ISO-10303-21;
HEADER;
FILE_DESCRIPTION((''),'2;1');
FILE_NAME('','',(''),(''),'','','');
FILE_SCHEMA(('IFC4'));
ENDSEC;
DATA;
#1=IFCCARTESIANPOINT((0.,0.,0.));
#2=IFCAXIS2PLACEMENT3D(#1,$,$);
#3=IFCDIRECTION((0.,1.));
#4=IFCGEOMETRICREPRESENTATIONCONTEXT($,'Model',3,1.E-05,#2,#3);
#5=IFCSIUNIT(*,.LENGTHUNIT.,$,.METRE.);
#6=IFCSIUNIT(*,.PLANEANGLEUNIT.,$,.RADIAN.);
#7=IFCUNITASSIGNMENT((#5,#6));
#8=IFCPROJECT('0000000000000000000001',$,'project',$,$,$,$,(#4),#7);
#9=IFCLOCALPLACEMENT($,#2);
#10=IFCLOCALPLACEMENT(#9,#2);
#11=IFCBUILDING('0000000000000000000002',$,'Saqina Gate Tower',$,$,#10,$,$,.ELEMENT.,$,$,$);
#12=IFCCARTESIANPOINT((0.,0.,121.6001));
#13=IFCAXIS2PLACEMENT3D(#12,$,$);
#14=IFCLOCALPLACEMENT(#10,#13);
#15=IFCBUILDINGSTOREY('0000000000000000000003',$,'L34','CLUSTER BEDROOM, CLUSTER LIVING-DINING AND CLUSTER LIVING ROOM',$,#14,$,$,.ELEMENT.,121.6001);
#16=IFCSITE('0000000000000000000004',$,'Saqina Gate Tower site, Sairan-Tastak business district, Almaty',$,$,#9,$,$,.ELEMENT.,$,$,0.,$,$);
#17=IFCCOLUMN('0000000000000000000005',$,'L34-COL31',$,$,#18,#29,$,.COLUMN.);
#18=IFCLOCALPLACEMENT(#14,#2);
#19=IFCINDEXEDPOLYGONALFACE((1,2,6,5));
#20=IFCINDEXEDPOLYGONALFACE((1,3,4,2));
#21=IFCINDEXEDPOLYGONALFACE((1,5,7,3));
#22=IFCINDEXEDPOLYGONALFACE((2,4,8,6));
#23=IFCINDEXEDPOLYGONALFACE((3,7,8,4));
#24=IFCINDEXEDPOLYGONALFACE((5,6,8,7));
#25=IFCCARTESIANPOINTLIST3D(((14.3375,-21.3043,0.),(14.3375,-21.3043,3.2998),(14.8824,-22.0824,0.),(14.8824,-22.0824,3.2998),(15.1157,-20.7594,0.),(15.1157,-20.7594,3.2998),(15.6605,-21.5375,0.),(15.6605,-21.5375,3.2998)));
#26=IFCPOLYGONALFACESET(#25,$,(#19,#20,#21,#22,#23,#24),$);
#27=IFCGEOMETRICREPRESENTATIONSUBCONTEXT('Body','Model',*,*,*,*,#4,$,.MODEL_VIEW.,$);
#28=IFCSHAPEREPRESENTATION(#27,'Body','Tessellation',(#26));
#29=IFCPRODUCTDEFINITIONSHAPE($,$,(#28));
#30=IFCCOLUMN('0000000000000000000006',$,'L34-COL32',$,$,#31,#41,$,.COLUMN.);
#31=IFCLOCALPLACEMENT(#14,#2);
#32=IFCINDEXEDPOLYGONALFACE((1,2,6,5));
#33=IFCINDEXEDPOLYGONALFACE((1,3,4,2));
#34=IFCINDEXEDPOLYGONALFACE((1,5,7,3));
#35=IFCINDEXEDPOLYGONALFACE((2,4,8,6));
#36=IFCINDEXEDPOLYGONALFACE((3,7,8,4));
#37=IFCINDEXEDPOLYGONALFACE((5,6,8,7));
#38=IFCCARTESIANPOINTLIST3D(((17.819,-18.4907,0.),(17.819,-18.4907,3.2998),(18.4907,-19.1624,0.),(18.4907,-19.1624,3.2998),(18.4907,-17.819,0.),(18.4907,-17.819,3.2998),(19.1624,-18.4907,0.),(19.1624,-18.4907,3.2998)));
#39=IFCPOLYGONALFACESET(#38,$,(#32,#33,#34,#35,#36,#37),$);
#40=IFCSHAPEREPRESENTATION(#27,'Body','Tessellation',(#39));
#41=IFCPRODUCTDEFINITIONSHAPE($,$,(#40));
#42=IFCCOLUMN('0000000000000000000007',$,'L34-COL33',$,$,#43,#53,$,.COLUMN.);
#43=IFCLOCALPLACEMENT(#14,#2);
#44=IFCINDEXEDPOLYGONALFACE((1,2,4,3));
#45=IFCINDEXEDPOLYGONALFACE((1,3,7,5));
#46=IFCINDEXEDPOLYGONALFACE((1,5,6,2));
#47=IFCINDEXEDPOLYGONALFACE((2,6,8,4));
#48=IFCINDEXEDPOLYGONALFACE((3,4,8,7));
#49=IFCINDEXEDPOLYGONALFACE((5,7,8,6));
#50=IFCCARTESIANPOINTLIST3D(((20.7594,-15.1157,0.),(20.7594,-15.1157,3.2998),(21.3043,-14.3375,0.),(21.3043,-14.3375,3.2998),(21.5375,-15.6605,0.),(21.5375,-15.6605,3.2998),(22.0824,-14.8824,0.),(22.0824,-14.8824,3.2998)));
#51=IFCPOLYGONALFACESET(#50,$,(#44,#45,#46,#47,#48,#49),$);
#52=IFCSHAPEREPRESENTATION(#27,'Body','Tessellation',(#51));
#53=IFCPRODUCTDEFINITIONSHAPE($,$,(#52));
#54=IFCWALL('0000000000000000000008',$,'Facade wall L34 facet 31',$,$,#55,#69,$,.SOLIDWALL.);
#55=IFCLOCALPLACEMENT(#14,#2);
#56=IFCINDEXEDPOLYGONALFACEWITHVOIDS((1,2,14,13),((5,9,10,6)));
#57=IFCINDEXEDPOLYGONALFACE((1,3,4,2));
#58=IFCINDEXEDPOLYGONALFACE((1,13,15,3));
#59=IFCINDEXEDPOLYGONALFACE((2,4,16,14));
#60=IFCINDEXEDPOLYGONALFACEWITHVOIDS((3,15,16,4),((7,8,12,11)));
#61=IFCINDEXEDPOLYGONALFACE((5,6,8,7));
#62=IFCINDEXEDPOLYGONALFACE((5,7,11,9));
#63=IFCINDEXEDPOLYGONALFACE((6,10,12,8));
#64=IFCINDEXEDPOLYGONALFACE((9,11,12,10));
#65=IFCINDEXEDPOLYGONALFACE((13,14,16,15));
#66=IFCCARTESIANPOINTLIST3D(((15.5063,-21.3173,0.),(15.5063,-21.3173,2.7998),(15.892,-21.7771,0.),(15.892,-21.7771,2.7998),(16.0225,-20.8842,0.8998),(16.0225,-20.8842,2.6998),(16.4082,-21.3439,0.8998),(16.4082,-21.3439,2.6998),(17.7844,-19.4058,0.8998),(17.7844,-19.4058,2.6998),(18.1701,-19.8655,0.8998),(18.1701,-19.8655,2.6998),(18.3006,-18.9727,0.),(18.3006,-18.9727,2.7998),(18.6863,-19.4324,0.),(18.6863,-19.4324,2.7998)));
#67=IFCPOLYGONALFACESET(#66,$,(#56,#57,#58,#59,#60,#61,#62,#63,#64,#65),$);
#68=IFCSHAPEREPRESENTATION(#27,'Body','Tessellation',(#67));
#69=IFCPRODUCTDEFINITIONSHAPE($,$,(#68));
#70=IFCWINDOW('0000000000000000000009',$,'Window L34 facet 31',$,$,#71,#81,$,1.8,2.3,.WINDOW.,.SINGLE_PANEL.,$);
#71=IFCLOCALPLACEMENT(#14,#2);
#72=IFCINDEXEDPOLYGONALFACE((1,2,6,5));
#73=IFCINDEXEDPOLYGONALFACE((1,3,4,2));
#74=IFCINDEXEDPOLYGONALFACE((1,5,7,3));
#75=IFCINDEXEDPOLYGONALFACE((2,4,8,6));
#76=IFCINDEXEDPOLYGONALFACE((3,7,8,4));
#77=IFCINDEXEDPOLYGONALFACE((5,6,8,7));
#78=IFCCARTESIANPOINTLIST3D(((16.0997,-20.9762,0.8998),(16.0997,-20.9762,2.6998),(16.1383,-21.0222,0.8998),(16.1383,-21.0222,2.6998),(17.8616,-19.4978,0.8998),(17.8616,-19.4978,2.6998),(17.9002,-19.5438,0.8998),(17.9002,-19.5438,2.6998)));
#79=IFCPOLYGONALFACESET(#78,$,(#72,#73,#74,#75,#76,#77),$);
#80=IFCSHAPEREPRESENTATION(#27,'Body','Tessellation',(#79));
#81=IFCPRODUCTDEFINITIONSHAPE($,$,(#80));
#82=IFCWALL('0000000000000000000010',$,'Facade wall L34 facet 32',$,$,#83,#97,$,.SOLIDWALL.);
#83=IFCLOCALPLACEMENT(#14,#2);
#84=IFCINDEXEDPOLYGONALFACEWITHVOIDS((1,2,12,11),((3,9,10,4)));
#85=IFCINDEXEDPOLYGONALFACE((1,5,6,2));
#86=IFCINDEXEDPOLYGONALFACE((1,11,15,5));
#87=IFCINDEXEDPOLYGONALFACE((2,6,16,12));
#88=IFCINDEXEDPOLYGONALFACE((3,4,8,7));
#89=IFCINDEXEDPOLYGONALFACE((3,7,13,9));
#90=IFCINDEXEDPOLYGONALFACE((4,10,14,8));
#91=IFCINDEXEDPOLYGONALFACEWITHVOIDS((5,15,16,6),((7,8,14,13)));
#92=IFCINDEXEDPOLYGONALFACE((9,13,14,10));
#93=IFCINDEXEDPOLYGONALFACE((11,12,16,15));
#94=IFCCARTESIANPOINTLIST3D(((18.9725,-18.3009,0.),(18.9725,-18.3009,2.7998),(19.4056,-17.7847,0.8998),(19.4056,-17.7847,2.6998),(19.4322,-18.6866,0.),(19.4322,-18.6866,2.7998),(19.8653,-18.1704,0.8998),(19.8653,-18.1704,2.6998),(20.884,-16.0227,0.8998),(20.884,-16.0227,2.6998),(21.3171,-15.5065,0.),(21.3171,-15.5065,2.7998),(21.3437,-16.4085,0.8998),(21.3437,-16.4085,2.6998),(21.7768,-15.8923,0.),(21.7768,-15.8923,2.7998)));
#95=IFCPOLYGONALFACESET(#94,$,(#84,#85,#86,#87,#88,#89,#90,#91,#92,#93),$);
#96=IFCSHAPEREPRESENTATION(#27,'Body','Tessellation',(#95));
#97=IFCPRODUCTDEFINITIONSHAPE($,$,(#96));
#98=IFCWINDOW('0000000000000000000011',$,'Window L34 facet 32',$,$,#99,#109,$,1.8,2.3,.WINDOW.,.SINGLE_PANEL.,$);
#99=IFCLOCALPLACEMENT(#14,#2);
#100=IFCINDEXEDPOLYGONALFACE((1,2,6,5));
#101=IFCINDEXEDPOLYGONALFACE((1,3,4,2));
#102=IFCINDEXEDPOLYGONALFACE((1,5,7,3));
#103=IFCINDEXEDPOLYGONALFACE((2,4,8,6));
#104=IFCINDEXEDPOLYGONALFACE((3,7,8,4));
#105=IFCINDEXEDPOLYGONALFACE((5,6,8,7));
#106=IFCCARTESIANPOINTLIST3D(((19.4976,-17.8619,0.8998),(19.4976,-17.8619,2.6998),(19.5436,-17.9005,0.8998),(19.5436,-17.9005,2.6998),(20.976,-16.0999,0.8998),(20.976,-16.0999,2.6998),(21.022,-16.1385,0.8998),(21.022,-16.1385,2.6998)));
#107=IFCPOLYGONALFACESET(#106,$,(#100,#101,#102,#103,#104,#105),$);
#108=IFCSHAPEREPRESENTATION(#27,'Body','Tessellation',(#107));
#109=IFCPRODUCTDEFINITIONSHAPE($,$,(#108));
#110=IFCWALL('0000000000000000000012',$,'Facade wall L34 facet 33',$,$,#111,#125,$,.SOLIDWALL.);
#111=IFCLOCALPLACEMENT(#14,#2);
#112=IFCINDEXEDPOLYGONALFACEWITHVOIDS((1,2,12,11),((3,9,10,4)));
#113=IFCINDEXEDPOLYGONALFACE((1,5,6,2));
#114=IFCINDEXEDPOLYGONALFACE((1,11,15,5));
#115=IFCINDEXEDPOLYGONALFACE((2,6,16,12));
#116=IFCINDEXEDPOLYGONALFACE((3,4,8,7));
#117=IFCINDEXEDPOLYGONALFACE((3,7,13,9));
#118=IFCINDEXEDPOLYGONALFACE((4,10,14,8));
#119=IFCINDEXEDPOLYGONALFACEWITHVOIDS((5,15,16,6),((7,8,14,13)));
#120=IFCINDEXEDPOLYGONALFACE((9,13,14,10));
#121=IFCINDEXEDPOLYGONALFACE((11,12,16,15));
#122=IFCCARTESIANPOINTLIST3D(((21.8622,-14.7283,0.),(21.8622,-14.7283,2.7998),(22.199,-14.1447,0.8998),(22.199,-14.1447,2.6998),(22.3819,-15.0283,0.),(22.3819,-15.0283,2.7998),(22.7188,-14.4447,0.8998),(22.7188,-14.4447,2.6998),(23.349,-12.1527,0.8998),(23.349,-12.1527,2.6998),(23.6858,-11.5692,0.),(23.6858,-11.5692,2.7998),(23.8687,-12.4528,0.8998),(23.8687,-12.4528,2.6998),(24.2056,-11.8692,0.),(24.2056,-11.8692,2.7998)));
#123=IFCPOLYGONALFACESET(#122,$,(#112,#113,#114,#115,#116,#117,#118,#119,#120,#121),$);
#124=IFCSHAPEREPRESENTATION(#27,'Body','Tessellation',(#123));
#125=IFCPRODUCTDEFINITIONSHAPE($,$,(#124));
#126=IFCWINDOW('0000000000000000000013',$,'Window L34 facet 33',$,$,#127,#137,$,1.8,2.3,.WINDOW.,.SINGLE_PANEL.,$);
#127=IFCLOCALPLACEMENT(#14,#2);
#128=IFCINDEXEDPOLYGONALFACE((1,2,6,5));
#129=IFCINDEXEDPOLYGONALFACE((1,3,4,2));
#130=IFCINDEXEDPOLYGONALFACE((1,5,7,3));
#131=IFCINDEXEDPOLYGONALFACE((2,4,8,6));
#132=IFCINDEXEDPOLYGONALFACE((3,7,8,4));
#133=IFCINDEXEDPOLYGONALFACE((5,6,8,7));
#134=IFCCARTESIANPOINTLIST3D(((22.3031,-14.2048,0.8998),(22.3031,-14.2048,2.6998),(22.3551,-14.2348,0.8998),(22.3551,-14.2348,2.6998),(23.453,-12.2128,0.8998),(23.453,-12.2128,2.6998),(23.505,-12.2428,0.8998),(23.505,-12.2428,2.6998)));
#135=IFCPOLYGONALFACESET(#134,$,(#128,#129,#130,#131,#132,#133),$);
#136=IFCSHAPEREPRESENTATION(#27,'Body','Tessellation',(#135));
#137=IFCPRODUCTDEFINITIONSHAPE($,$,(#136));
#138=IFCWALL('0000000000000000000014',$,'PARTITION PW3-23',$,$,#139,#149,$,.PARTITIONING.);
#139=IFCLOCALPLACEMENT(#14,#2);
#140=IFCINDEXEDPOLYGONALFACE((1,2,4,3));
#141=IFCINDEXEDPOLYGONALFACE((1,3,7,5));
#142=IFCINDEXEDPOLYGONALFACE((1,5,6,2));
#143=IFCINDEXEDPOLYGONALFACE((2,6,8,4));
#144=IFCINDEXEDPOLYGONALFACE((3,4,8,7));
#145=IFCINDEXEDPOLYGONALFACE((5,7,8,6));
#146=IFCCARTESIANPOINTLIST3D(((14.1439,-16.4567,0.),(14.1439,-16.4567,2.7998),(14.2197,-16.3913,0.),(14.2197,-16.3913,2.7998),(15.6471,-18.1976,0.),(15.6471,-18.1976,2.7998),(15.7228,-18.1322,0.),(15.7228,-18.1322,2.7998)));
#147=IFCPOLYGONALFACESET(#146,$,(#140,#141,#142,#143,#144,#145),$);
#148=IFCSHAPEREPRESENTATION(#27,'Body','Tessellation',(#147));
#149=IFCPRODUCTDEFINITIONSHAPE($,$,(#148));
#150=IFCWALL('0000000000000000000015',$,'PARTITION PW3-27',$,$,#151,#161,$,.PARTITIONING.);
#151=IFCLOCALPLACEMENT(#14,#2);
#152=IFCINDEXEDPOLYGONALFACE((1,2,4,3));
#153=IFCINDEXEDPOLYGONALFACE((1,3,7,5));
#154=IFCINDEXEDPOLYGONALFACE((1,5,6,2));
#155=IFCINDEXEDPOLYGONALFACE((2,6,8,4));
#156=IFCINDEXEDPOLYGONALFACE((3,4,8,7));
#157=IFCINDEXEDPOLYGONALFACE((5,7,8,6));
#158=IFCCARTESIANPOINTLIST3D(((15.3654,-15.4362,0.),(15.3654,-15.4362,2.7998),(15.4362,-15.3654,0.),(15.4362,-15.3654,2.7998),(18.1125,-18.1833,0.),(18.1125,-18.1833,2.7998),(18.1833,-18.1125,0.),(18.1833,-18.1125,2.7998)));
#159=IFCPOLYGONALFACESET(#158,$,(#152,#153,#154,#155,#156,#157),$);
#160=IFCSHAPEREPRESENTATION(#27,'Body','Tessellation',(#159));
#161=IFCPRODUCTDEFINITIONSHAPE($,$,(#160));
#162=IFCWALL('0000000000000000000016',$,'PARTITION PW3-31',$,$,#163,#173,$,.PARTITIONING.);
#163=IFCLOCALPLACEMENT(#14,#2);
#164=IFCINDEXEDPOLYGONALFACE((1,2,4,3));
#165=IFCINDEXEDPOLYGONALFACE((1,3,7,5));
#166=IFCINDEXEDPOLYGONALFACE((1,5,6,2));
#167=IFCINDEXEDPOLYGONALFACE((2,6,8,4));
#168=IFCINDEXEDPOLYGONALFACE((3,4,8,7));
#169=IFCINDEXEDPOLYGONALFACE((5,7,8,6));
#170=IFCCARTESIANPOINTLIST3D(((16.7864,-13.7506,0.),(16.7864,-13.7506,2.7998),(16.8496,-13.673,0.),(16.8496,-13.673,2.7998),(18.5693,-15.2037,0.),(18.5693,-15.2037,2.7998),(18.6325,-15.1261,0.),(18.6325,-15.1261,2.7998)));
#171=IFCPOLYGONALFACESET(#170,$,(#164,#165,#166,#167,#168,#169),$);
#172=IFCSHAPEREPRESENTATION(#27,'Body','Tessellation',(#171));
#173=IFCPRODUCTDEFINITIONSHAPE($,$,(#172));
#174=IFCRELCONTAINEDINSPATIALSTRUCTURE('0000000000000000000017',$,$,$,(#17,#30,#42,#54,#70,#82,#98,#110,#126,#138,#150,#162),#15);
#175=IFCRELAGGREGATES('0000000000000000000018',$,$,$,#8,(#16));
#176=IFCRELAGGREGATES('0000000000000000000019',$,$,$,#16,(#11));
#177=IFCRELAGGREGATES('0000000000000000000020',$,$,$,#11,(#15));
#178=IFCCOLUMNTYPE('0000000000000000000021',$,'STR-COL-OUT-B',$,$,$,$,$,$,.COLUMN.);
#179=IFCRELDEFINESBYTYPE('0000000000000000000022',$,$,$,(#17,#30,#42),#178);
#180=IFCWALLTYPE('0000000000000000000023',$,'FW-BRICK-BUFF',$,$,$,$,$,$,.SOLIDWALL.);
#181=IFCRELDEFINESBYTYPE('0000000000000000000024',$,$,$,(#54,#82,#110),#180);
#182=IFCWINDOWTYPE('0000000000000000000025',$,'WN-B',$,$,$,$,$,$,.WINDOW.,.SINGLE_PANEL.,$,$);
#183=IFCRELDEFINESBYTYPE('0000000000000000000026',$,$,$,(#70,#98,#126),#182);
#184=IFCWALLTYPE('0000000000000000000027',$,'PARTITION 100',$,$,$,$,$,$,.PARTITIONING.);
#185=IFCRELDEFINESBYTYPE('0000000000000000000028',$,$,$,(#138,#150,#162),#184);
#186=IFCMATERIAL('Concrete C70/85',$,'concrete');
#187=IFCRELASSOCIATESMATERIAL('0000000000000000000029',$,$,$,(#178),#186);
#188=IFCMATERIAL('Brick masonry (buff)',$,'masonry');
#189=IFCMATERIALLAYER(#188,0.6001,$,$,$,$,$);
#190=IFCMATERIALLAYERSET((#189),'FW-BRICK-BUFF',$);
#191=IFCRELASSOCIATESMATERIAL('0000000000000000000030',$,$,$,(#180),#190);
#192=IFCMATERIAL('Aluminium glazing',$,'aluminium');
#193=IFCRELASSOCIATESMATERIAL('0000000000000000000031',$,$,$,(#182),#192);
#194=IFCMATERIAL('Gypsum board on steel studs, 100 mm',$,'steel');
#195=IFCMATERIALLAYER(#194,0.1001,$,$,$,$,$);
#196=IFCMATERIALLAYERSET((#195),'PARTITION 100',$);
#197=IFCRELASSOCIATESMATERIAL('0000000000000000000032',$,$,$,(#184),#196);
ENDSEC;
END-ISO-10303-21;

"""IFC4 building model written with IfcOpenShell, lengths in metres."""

from ifc_helpers import new_model, si_unit, direction, frame, frame_2d, origin, origin_2d, place, context, subcontext, project, spatial, rectangle, extrude, material, layer, layer_set, material_profile, profile_set, type_object, element, fill, save


model = new_model("IFC4")

# Units and contexts
model_context = context("Model", 3, precision=1e-05, world=origin(), true_north=direction((0.0, 1.0)))
body_context = subcontext(model_context, "Body", "Model", "MODEL_VIEW")
ifc_project = project(units=[si_unit("LENGTHUNIT", "METRE"), si_unit("PLANEANGLEUNIT", "RADIAN")], contexts=[model_context])

# Site, building, storey
site_placement = place(None, origin())
site = spatial("IfcSite", under=ifc_project, at=site_placement, Name="Saqina Gate Tower site, Sairan-Tastak business district, Almaty", CompositionType="ELEMENT", RefElevation=0.0)
building_placement = place(site_placement, origin())
building = spatial("IfcBuilding", under=site, at=building_placement, Name="Saqina Gate Tower", CompositionType="ELEMENT")
storey_placement = place(building_placement, frame((0.0, 0.0, 121.6001)))
storey = spatial("IfcBuildingStorey", under=building, at=storey_placement, Name="L34", Description="CLUSTER BEDROOM, CLUSTER LIVING-DINING AND CLUSTER LIVING ROOM", CompositionType="ELEMENT", Elevation=121.6001)

# Columns
ifc_material_1 = material(Name="Concrete C70/85", Category="concrete")
ifc_material_profile = material_profile(ifc_material_1, rectangle(XDim=0.95, YDim=0.95, at=origin_2d()), Name="RC 950x950")
ifc_profile_set = profile_set([ifc_material_profile], Name="Concrete C70/85")
column_type = type_object("IfcColumnType", Name="STR-COL-OUT-B", PredefinedType="COLUMN", material=ifc_profile_set)
for number, where, z_axis, x_axis, name in (
    (1, (14.999, -21.4209, 0.0), (0.0, 0.0, 1.0), (0.573576, -0.819152, 0.0), "L34-COL31"),
    (2, (18.4907, -18.4907, 0.0), (0.0, 0.0, 1.0), (0.707107, -0.707107, 0.0), "L34-COL32"),
    (3, (21.4209, -14.999, 0.0), (0.0, 0.0, 1.0), (0.819152, -0.573576, 0.0), "L34-COL33"),
):
    element("IfcColumn", number, at=place(storey_placement, frame(where, z_axis=z_axis, x_axis=x_axis)), inside=storey, type_object=column_type, Name=name, PredefinedType="COLUMN", context=body_context, shape_type="SweptSolid", body=[
        extrude(rectangle(XDim=0.95, YDim=0.95, at=origin_2d()), origin(), (0.0, 0.0, 1.0), 3.2998),
    ])

# Walls, openings, windows
ifc_material_2 = material(Name="Brick masonry (buff)", Category="masonry")
ifc_layer_1 = layer(ifc_material_2, 0.6001)
ifc_layer_set_1 = layer_set([ifc_layer_1], Name="FW-BRICK-BUFF")
wall_type_1 = type_object("IfcWallType", Name="FW-BRICK-BUFF", PredefinedType="SOLIDWALL", material=ifc_layer_set_1)
wall_1_placement = place(storey_placement, frame((15.6992, -21.5471, 0.0), z_axis=(0.0, 0.0, 1.0), x_axis=(0.766055, 0.642774, 0.0)))
wall_1 = element("IfcWall", 4, at=wall_1_placement, inside=storey, type_object=wall_type_1, Name="Facade wall L34 facet 31", PredefinedType="SOLIDWALL", context=body_context, shape_type="SweptSolid", body=[
    extrude(rectangle(XDim=3.6477, YDim=0.6001, at=frame_2d((1.8237, 0.0))), origin(), (0.0, 0.0, 1.0), 2.7998),
])
opening_1_placement = place(wall_1_placement, frame((0.6738, 0.0, 0.8999)))
opening_1 = element("IfcOpeningElement", 5, at=opening_1_placement, cuts=wall_1, PredefinedType="OPENING", context=body_context, shape_type="SweptSolid", body=[
    extrude(rectangle(XDim=2.3, YDim=1.8, at=frame_2d((1.1499, 0.8999))), frame((0.0, 0.312, 0.0), z_axis=(0.0, -1.0, 0.0), x_axis=(1.0, 0.0, 0.0)), (0.0, 0.0, 1.0), 0.624),
])
ifc_material_3 = material(Name="Aluminium glazing", Category="aluminium")
window_type = type_object("IfcWindowType", Name="WN-B", PartitioningType="SINGLE_PANEL", PredefinedType="WINDOW", material=ifc_material_3)
window_1_placement = place(opening_1_placement, origin())
window_1 = element("IfcWindow", 6, at=window_1_placement, inside=storey, type_object=window_type, Name="Window L34 facet 31", OverallHeight=1.8, OverallWidth=2.3, PartitioningType="SINGLE_PANEL", PredefinedType="WINDOW", context=body_context, shape_type="SweptSolid", body=[
    extrude(rectangle(XDim=2.3, YDim=1.8, at=frame_2d((1.1499, 0.8999))), frame((0.0, 0.1799, 0.0), z_axis=(0.0, -1.0, 0.0), x_axis=(1.0, 0.0, 0.0)), (0.0, 0.0, 1.0), 0.0601),
])
fill(opening_1, window_1)
wall_2_placement = place(storey_placement, frame((19.2024, -18.4937, 0.0), z_axis=(0.0, 0.0, 1.0), x_axis=(0.642774, 0.766055, 0.0)))
wall_2 = element("IfcWall", 7, at=wall_2_placement, inside=storey, type_object=wall_type_1, Name="Facade wall L34 facet 32", PredefinedType="SOLIDWALL", context=body_context, shape_type="SweptSolid", body=[
    extrude(rectangle(XDim=3.6477, YDim=0.6001, at=frame_2d((1.8237, 0.0))), origin(), (0.0, 0.0, 1.0), 2.7998),
])
opening_2_placement = place(wall_2_placement, frame((0.6738, 0.0, 0.8999)))
opening_2 = element("IfcOpeningElement", 8, at=opening_2_placement, cuts=wall_2, PredefinedType="OPENING", context=body_context, shape_type="SweptSolid", body=[
    extrude(rectangle(XDim=2.3, YDim=1.8, at=frame_2d((1.1499, 0.8999))), frame((0.0, 0.312, 0.0), z_axis=(0.0, -1.0, 0.0), x_axis=(1.0, 0.0, 0.0)), (0.0, 0.0, 1.0), 0.624),
])
window_2_placement = place(opening_2_placement, origin())
window_2 = element("IfcWindow", 9, at=window_2_placement, inside=storey, type_object=window_type, Name="Window L34 facet 32", OverallHeight=1.8, OverallWidth=2.3, PartitioningType="SINGLE_PANEL", PredefinedType="WINDOW", context=body_context, shape_type="SweptSolid", body=[
    extrude(rectangle(XDim=2.3, YDim=1.8, at=frame_2d((1.1499, 0.8999))), frame((0.0, 0.1799, 0.0), z_axis=(0.0, -1.0, 0.0), x_axis=(1.0, 0.0, 0.0)), (0.0, 0.0, 1.0), 0.0601),
])
fill(opening_2, window_2)
wall_3_placement = place(storey_placement, frame((22.1221, -14.8782, 0.0), z_axis=(0.0, 0.0, 1.0), x_axis=(0.499954, 0.866052, 0.0)))
wall_3 = element("IfcWall", 10, at=wall_3_placement, inside=storey, type_object=wall_type_1, Name="Facade wall L34 facet 33", PredefinedType="SOLIDWALL", context=body_context, shape_type="SweptSolid", body=[
    extrude(rectangle(XDim=3.6477, YDim=0.6001, at=frame_2d((1.8237, 0.0))), origin(), (0.0, 0.0, 1.0), 2.7998),
])
opening_3_placement = place(wall_3_placement, frame((0.6738, 0.0, 0.8999)))
opening_3 = element("IfcOpeningElement", 11, at=opening_3_placement, cuts=wall_3, PredefinedType="OPENING", context=body_context, shape_type="SweptSolid", body=[
    extrude(rectangle(XDim=2.3, YDim=1.8, at=frame_2d((1.1499, 0.8999))), frame((0.0, 0.312, 0.0), z_axis=(0.0, -1.0, 0.0), x_axis=(1.0, 0.0, 0.0)), (0.0, 0.0, 1.0), 0.624),
])
window_3_placement = place(opening_3_placement, origin())
window_3 = element("IfcWindow", 12, at=window_3_placement, inside=storey, type_object=window_type, Name="Window L34 facet 33", OverallHeight=1.8, OverallWidth=2.3, PartitioningType="SINGLE_PANEL", PredefinedType="WINDOW", context=body_context, shape_type="SweptSolid", body=[
    extrude(rectangle(XDim=2.3, YDim=1.8, at=frame_2d((1.1499, 0.8999))), frame((0.0, 0.1799, 0.0), z_axis=(0.0, -1.0, 0.0), x_axis=(1.0, 0.0, 0.0)), (0.0, 0.0, 1.0), 0.0601),
])
fill(opening_3, window_3)

# Walls
ifc_material_4 = material(Name="Gypsum board on steel studs, 100 mm", Category="steel")
ifc_layer_2 = layer(ifc_material_4, 0.1001)
ifc_layer_set_2 = layer_set([ifc_layer_2], Name="PARTITION 100")
wall_type_2 = type_object("IfcWallType", Name="PARTITION 100", PredefinedType="PARTITIONING", material=ifc_layer_set_2)
wall_4_placement = place(storey_placement, frame((14.1819, -16.4241, 0.0), z_axis=(0.0, 0.0, 1.0), x_axis=(0.653523, -0.756907, 0.0)))
element("IfcWall", 13, at=wall_4_placement, inside=storey, type_object=wall_type_2, Name="PARTITION PW3-23", PredefinedType="PARTITIONING", context=body_context, shape_type="SweptSolid", body=[
    extrude(rectangle(XDim=2.3, YDim=0.1001, at=frame_2d((1.1499, 0.0))), origin(), (0.0, 0.0, 1.0), 2.7998),
])
wall_5_placement = place(storey_placement, frame((15.4009, -15.4009, 0.0), z_axis=(0.0, 0.0, 1.0), x_axis=(0.707107, -0.707107, 0.0)))
element("IfcWall", 14, at=wall_5_placement, inside=storey, type_object=wall_type_2, Name="PARTITION PW3-27", PredefinedType="PARTITIONING", context=body_context, shape_type="SweptSolid", body=[
    extrude(rectangle(XDim=3.885, YDim=0.1001, at=frame_2d((1.9424, 0.0))), origin(), (0.0, 0.0, 1.0), 2.7998),
])
wall_6_placement = place(storey_placement, frame((16.8181, -13.7119, 0.0), z_axis=(0.0, 0.0, 1.0), x_axis=(0.775162, -0.631763, 0.0)))
element("IfcWall", 15, at=wall_6_placement, inside=storey, type_object=wall_type_2, Name="PARTITION PW3-31", PredefinedType="PARTITIONING", context=body_context, shape_type="SweptSolid", body=[
    extrude(rectangle(XDim=2.3, YDim=0.1001, at=frame_2d((1.1499, 0.0))), origin(), (0.0, 0.0, 1.0), 2.7998),
])

save(model, "model.ifc")
